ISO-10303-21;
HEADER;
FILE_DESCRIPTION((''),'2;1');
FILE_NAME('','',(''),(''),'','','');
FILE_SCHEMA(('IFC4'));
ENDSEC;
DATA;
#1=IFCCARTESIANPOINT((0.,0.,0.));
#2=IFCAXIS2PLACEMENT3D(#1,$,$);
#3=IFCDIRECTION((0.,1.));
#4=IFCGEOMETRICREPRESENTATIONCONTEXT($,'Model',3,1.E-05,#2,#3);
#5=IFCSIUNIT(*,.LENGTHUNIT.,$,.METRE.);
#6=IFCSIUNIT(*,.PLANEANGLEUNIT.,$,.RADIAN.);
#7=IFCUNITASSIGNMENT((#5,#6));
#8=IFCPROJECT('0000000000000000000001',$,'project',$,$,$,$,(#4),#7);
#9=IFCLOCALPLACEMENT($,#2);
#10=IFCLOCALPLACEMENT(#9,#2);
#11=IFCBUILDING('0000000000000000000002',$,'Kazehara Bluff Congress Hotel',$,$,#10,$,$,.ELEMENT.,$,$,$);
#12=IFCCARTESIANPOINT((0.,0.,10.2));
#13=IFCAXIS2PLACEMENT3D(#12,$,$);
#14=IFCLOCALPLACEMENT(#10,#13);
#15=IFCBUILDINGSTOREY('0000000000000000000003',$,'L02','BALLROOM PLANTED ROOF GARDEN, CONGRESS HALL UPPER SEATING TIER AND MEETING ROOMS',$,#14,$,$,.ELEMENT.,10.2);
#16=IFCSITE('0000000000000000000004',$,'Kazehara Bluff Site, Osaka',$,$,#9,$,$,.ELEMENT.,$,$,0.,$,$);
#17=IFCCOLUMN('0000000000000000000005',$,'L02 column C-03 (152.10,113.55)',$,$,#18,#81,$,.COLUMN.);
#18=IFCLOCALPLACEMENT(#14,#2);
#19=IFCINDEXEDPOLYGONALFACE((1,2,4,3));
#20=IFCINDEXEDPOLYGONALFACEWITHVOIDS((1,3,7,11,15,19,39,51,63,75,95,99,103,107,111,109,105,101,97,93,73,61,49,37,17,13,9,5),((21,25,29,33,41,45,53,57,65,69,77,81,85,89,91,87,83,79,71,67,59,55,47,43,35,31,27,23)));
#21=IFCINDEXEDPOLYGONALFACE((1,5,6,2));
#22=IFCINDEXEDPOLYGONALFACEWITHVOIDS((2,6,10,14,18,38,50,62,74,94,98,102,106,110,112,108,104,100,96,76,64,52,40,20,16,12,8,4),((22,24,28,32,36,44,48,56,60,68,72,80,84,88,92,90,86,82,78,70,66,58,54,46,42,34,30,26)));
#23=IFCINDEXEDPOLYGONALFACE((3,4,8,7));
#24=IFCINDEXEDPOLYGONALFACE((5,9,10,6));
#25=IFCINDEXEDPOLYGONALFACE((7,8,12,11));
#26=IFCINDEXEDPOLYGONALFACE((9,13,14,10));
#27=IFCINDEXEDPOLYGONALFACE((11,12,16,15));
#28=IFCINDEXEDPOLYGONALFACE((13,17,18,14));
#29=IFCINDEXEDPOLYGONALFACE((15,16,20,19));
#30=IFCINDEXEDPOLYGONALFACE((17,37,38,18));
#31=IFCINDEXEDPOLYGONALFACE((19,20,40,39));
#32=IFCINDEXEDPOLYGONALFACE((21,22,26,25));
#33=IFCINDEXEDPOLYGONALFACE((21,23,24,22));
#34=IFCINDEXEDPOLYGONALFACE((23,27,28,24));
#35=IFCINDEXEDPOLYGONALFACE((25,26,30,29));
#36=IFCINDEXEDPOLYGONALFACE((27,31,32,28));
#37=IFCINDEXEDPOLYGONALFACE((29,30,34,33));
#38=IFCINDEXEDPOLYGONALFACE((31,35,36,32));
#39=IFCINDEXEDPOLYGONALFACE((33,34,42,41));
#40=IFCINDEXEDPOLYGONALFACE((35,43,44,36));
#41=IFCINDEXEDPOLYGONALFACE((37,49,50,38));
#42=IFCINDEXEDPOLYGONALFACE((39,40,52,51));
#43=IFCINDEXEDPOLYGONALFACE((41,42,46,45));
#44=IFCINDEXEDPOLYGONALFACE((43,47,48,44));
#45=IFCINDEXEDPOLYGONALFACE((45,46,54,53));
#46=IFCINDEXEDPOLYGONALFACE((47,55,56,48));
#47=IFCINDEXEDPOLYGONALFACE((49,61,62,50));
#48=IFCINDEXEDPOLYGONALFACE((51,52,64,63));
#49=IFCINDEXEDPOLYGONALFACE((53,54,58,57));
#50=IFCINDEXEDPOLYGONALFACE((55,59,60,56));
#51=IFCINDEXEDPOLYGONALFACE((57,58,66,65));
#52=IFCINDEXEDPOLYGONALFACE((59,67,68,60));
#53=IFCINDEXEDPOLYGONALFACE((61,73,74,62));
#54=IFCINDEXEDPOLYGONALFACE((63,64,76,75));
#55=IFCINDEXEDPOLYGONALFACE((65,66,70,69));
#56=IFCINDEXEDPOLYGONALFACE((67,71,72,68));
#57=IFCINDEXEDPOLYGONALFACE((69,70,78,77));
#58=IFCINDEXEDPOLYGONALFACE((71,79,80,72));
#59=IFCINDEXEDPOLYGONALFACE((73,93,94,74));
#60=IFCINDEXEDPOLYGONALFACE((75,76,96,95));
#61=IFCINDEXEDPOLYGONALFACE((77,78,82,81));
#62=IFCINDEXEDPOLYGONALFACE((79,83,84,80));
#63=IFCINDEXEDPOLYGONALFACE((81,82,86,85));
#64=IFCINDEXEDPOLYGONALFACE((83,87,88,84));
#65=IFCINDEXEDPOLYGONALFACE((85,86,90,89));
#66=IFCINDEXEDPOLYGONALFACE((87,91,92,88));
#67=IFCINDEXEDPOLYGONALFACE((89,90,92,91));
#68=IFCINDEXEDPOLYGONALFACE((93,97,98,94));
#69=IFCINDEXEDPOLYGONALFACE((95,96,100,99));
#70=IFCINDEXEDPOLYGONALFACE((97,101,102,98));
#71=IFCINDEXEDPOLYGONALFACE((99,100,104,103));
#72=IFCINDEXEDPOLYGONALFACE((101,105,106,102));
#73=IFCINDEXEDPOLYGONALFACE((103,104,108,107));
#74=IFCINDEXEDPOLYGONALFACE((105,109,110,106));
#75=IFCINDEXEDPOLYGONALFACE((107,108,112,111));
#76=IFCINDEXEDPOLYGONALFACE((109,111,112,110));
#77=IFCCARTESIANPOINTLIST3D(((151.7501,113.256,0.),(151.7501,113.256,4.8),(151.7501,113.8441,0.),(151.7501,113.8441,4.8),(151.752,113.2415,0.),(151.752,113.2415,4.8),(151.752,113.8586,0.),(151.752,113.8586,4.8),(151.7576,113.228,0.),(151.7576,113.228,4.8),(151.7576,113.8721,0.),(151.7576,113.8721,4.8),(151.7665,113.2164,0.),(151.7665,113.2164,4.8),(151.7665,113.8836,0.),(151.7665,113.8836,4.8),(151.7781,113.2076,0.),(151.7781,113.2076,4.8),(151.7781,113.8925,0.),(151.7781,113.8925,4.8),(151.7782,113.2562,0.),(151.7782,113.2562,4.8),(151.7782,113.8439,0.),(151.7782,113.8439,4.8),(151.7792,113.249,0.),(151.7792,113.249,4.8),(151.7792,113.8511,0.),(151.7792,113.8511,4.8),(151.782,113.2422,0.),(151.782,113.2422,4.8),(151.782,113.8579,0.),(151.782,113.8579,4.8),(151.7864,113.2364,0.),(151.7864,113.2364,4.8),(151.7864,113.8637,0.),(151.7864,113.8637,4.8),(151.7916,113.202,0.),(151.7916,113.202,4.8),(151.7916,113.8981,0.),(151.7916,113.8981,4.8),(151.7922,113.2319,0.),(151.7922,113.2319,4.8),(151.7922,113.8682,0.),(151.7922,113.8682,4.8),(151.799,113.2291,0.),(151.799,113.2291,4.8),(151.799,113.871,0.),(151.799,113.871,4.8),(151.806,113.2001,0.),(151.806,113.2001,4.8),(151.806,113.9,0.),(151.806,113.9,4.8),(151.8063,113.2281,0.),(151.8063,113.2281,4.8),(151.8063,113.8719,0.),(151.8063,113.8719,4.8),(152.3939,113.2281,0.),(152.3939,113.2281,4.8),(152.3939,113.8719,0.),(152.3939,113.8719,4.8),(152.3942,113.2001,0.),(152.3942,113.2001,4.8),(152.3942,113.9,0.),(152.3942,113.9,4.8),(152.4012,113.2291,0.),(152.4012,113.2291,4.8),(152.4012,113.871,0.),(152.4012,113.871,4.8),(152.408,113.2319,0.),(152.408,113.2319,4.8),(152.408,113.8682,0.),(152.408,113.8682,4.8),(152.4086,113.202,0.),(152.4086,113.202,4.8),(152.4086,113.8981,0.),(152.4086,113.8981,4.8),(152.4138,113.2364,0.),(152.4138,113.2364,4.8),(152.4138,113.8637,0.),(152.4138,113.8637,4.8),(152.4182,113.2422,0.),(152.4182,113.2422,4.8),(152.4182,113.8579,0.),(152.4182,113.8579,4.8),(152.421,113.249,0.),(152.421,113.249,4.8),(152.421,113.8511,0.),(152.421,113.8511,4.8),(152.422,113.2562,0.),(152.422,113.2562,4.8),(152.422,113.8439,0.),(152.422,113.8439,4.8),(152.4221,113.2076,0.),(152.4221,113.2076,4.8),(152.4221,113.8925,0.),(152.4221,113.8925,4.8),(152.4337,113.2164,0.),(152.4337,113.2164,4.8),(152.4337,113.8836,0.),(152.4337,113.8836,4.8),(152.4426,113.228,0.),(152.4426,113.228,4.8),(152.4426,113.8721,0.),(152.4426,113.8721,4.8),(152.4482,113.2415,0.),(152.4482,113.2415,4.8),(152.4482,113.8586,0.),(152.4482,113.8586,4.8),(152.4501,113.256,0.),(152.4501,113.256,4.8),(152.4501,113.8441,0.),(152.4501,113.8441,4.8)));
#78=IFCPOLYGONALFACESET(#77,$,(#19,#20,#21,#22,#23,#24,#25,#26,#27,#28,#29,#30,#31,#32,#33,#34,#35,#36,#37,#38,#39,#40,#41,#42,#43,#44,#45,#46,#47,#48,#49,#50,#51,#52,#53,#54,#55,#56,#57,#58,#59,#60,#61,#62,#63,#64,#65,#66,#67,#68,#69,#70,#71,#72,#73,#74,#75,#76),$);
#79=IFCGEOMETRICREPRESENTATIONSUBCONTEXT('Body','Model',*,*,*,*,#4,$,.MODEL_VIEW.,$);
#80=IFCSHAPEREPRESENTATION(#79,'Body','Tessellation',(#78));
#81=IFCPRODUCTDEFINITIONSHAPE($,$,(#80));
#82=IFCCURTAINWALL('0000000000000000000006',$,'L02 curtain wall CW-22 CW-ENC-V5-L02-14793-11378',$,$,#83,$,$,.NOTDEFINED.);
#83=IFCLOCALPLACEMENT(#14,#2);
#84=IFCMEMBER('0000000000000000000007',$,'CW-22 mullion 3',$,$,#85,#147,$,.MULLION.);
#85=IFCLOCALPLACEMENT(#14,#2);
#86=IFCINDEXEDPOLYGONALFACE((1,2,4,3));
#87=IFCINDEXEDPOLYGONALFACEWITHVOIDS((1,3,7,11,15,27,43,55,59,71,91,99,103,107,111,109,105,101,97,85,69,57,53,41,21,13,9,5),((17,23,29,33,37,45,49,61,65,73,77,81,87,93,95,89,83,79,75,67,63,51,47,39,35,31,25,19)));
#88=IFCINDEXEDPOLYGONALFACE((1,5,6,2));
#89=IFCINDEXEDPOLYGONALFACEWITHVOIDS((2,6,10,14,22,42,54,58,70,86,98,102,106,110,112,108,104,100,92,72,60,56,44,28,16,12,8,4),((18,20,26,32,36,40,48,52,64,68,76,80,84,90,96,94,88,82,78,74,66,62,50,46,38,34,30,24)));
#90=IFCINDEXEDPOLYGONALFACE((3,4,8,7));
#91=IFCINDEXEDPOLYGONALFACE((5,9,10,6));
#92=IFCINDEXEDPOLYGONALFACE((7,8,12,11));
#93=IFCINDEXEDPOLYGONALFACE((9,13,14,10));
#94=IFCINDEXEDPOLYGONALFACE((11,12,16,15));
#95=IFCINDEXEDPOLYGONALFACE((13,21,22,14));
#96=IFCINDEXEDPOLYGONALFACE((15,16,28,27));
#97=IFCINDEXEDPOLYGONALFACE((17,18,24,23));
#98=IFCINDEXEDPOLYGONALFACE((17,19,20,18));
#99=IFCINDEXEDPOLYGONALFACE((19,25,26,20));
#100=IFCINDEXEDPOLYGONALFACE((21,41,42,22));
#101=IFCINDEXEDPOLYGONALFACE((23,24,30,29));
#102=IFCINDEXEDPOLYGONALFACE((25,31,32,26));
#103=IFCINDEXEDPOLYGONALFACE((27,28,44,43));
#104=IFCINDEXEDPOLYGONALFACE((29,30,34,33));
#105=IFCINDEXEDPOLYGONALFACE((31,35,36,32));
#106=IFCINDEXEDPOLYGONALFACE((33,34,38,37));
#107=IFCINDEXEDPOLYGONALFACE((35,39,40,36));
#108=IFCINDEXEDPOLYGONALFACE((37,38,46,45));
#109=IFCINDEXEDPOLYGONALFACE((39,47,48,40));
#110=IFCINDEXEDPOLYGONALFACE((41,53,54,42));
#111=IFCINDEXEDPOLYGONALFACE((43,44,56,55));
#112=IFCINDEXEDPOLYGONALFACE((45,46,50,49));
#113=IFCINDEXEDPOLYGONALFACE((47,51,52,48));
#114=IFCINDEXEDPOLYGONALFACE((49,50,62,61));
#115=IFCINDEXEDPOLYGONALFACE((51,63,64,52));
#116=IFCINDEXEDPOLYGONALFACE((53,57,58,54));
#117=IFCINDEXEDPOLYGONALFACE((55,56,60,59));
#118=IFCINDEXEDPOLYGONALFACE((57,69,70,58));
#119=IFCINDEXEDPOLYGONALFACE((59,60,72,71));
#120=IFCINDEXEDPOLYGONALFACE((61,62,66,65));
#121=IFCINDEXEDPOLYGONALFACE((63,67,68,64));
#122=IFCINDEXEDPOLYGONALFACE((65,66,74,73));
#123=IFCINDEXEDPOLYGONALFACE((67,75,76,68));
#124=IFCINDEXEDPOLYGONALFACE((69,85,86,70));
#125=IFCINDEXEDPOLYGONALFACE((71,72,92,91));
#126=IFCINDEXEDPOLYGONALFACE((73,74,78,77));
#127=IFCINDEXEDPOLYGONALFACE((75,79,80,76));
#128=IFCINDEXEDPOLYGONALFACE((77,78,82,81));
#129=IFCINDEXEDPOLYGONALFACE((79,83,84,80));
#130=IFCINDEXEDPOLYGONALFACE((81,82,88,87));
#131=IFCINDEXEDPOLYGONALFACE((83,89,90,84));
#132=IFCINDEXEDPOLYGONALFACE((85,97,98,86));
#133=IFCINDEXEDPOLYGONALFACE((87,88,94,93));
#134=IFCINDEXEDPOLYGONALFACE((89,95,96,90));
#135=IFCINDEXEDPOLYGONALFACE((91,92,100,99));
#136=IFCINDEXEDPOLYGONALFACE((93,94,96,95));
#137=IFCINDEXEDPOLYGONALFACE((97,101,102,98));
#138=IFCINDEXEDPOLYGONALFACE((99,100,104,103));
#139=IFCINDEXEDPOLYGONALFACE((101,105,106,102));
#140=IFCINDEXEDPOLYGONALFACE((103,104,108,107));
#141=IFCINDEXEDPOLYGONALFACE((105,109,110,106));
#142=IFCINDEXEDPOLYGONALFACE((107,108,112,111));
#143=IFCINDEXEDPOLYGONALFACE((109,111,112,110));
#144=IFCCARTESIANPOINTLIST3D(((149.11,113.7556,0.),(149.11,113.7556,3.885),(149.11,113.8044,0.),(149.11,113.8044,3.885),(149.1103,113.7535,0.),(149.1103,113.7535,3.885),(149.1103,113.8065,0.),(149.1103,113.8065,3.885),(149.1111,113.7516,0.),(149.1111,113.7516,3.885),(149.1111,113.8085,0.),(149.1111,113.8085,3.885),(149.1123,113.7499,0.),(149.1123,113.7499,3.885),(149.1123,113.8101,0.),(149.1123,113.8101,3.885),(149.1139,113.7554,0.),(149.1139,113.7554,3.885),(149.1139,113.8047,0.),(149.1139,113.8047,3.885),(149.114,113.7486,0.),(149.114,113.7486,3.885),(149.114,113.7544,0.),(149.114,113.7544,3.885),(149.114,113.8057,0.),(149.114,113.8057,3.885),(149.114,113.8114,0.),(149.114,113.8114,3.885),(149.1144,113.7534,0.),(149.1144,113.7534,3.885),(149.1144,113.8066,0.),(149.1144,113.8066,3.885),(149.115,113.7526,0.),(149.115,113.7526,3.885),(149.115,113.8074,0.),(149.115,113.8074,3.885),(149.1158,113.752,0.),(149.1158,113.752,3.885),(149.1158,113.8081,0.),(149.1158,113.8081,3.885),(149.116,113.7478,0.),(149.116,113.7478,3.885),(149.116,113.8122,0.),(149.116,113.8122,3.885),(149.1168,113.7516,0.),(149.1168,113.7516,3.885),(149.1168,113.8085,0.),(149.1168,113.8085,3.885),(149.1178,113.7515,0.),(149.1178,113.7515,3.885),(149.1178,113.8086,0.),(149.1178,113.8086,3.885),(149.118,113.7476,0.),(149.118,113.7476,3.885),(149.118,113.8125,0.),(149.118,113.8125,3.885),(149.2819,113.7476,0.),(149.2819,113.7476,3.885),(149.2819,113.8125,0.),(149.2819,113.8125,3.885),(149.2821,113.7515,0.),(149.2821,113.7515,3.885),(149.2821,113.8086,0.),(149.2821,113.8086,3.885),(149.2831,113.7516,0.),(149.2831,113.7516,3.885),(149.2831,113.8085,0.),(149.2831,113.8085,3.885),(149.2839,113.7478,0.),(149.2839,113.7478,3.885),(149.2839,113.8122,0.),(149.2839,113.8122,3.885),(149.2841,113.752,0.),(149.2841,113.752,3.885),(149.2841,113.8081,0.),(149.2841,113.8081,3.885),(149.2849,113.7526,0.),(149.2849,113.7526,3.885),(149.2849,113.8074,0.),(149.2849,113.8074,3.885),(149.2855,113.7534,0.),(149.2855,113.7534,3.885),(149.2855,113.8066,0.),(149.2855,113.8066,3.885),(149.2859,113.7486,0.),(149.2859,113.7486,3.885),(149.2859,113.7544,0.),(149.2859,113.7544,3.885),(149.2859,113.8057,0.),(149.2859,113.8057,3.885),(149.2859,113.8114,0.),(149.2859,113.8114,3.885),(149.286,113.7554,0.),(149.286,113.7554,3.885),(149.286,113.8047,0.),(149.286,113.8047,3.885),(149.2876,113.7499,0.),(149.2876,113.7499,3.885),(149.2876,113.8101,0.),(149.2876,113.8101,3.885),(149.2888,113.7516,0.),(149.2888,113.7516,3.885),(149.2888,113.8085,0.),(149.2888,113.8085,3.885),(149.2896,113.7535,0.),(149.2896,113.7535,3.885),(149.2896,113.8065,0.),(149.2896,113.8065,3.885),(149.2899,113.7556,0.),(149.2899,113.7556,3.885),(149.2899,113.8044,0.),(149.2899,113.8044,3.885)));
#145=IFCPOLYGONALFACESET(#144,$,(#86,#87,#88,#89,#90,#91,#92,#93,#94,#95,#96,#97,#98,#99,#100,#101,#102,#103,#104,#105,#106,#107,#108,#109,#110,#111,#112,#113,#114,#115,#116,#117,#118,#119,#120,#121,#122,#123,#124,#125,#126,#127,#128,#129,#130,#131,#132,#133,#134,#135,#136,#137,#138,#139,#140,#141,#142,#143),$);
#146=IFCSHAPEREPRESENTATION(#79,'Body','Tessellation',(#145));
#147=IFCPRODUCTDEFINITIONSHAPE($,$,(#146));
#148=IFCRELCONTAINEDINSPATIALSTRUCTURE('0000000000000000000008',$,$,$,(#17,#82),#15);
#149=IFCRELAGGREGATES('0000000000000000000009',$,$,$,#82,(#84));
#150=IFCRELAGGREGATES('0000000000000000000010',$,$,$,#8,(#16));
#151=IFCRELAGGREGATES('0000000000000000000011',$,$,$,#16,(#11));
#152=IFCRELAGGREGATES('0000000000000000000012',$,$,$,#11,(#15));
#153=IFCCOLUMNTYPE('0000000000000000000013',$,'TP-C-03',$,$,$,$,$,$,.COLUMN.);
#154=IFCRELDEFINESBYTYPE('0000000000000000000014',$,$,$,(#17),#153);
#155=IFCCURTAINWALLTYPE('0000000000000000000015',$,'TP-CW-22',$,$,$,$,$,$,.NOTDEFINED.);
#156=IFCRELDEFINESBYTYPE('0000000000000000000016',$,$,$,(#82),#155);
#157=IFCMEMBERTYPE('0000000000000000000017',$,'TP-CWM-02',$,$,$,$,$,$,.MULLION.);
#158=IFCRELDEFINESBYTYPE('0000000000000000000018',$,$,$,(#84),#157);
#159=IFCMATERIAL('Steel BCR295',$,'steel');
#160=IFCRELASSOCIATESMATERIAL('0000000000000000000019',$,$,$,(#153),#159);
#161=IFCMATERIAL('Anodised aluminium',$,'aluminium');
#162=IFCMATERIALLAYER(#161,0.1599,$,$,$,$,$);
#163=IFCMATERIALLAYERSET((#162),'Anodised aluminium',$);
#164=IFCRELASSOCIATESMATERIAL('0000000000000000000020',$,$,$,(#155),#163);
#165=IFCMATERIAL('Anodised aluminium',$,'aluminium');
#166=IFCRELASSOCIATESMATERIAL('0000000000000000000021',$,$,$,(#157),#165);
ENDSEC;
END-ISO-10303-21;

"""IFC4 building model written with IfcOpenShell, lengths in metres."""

from ifc_helpers import new_model, si_unit, direction, frame, origin, origin_2d, place, context, subcontext, project, spatial, hollow_rectangle, extrude, material, layer, layer_set, material_profile, profile_set, type_object, element, aggregate, save


model = new_model("IFC4")

# Units and contexts
model_context = context("Model", 3, precision=1e-05, world=origin(), true_north=direction((0.0, 1.0)))
body_context = subcontext(model_context, "Body", "Model", "MODEL_VIEW")
ifc_project = project(units=[si_unit("LENGTHUNIT", "METRE"), si_unit("PLANEANGLEUNIT", "RADIAN")], contexts=[model_context])

# Site, building, storey
site_placement = place(None, origin())
site = spatial("IfcSite", under=ifc_project, at=site_placement, Name="Kazehara Bluff Site, Osaka", CompositionType="ELEMENT", RefElevation=0.0)
building_placement = place(site_placement, origin())
building = spatial("IfcBuilding", under=site, at=building_placement, Name="Kazehara Bluff Congress Hotel", CompositionType="ELEMENT")
storey_placement = place(building_placement, frame((0.0, 0.0, 10.2)))
storey = spatial("IfcBuildingStorey", under=building, at=storey_placement, Name="L02", Description="BALLROOM PLANTED ROOF GARDEN, CONGRESS HALL UPPER SEATING TIER AND MEETING ROOMS", CompositionType="ELEMENT", Elevation=10.2)

# Column
ifc_material_1 = material(Name="Steel BCR295", Category="steel")
ifc_material_profile_1 = material_profile(ifc_material_1, hollow_rectangle(XDim=0.7, YDim=0.7, WallThickness=0.0281, InnerFilletRadius=0.0281, OuterFilletRadius=0.0559, at=origin_2d()))
ifc_profile_set_1 = profile_set([ifc_material_profile_1], Name="Steel BCR295")
column_type = type_object("IfcColumnType", Name="TP-C-03", PredefinedType="COLUMN", material=ifc_profile_set_1)
column_placement = place(storey_placement, frame((152.1001, 113.55, 0.0), z_axis=(0.0, 0.0, 1.0), x_axis=(1.0, 0.0, 0.0)))
element("IfcColumn", 1, at=column_placement, inside=storey, type_object=column_type, Name="L02 column C-03 (152.10,113.55)", PredefinedType="COLUMN", context=body_context, shape_type="SweptSolid", body=[
    extrude(hollow_rectangle(XDim=0.7, YDim=0.7, WallThickness=0.0281, InnerFilletRadius=0.0281, OuterFilletRadius=0.0559, at=origin_2d()), origin(), (0.0, 0.0, 1.0), 4.8),
])

# Curtain wall, member
ifc_material_2 = material(Name="Anodised aluminium", Category="aluminium")
ifc_layer_1 = layer(ifc_material_2, 0.1599)
ifc_layer_set_1 = layer_set([ifc_layer_1], Name="Anodised aluminium")
curtain_wall_type = type_object("IfcCurtainWallType", Name="TP-CW-22", PredefinedType="NOTDEFINED", material=ifc_layer_set_1)
curtain_wall_1_placement = place(storey_placement, origin())
curtain_wall_1 = element("IfcCurtainWall", 2, at=curtain_wall_1_placement, inside=storey, type_object=curtain_wall_type, Name="L02 curtain wall CW-22 CW-ENC-V5-L02-14793-11378", PredefinedType="NOTDEFINED")
ifc_material_3 = material(Name="Anodised aluminium", Category="aluminium")
ifc_material_profile_2 = material_profile(ifc_material_3, hollow_rectangle(XDim=0.0649, YDim=0.1799, WallThickness=0.0039, InnerFilletRadius=0.0039, OuterFilletRadius=0.0081, at=origin_2d()))
ifc_profile_set_2 = profile_set([ifc_material_profile_2], Name="Anodised aluminium")
member_type_1 = type_object("IfcMemberType", Name="TP-CWM-02", PredefinedType="MULLION", material=ifc_profile_set_2)
member_1_placement = place(storey_placement, frame((149.2, 113.78, 0.0), z_axis=(0.0, 0.0, 1.0), x_axis=(0.0, 1.0, 0.0)))
member_1 = element("IfcMember", 3, at=member_1_placement, type_object=member_type_1, Name="CW-22 mullion 3", PredefinedType="MULLION", context=body_context, shape_type="SweptSolid", body=[
    extrude(hollow_rectangle(XDim=0.0649, YDim=0.1799, WallThickness=0.0039, InnerFilletRadius=0.0039, OuterFilletRadius=0.0081, at=origin_2d()), origin(), (0.0, 0.0, 1.0), 3.885),
])

aggregate(curtain_wall_1, [member_1])

save(model, "model.ifc")
